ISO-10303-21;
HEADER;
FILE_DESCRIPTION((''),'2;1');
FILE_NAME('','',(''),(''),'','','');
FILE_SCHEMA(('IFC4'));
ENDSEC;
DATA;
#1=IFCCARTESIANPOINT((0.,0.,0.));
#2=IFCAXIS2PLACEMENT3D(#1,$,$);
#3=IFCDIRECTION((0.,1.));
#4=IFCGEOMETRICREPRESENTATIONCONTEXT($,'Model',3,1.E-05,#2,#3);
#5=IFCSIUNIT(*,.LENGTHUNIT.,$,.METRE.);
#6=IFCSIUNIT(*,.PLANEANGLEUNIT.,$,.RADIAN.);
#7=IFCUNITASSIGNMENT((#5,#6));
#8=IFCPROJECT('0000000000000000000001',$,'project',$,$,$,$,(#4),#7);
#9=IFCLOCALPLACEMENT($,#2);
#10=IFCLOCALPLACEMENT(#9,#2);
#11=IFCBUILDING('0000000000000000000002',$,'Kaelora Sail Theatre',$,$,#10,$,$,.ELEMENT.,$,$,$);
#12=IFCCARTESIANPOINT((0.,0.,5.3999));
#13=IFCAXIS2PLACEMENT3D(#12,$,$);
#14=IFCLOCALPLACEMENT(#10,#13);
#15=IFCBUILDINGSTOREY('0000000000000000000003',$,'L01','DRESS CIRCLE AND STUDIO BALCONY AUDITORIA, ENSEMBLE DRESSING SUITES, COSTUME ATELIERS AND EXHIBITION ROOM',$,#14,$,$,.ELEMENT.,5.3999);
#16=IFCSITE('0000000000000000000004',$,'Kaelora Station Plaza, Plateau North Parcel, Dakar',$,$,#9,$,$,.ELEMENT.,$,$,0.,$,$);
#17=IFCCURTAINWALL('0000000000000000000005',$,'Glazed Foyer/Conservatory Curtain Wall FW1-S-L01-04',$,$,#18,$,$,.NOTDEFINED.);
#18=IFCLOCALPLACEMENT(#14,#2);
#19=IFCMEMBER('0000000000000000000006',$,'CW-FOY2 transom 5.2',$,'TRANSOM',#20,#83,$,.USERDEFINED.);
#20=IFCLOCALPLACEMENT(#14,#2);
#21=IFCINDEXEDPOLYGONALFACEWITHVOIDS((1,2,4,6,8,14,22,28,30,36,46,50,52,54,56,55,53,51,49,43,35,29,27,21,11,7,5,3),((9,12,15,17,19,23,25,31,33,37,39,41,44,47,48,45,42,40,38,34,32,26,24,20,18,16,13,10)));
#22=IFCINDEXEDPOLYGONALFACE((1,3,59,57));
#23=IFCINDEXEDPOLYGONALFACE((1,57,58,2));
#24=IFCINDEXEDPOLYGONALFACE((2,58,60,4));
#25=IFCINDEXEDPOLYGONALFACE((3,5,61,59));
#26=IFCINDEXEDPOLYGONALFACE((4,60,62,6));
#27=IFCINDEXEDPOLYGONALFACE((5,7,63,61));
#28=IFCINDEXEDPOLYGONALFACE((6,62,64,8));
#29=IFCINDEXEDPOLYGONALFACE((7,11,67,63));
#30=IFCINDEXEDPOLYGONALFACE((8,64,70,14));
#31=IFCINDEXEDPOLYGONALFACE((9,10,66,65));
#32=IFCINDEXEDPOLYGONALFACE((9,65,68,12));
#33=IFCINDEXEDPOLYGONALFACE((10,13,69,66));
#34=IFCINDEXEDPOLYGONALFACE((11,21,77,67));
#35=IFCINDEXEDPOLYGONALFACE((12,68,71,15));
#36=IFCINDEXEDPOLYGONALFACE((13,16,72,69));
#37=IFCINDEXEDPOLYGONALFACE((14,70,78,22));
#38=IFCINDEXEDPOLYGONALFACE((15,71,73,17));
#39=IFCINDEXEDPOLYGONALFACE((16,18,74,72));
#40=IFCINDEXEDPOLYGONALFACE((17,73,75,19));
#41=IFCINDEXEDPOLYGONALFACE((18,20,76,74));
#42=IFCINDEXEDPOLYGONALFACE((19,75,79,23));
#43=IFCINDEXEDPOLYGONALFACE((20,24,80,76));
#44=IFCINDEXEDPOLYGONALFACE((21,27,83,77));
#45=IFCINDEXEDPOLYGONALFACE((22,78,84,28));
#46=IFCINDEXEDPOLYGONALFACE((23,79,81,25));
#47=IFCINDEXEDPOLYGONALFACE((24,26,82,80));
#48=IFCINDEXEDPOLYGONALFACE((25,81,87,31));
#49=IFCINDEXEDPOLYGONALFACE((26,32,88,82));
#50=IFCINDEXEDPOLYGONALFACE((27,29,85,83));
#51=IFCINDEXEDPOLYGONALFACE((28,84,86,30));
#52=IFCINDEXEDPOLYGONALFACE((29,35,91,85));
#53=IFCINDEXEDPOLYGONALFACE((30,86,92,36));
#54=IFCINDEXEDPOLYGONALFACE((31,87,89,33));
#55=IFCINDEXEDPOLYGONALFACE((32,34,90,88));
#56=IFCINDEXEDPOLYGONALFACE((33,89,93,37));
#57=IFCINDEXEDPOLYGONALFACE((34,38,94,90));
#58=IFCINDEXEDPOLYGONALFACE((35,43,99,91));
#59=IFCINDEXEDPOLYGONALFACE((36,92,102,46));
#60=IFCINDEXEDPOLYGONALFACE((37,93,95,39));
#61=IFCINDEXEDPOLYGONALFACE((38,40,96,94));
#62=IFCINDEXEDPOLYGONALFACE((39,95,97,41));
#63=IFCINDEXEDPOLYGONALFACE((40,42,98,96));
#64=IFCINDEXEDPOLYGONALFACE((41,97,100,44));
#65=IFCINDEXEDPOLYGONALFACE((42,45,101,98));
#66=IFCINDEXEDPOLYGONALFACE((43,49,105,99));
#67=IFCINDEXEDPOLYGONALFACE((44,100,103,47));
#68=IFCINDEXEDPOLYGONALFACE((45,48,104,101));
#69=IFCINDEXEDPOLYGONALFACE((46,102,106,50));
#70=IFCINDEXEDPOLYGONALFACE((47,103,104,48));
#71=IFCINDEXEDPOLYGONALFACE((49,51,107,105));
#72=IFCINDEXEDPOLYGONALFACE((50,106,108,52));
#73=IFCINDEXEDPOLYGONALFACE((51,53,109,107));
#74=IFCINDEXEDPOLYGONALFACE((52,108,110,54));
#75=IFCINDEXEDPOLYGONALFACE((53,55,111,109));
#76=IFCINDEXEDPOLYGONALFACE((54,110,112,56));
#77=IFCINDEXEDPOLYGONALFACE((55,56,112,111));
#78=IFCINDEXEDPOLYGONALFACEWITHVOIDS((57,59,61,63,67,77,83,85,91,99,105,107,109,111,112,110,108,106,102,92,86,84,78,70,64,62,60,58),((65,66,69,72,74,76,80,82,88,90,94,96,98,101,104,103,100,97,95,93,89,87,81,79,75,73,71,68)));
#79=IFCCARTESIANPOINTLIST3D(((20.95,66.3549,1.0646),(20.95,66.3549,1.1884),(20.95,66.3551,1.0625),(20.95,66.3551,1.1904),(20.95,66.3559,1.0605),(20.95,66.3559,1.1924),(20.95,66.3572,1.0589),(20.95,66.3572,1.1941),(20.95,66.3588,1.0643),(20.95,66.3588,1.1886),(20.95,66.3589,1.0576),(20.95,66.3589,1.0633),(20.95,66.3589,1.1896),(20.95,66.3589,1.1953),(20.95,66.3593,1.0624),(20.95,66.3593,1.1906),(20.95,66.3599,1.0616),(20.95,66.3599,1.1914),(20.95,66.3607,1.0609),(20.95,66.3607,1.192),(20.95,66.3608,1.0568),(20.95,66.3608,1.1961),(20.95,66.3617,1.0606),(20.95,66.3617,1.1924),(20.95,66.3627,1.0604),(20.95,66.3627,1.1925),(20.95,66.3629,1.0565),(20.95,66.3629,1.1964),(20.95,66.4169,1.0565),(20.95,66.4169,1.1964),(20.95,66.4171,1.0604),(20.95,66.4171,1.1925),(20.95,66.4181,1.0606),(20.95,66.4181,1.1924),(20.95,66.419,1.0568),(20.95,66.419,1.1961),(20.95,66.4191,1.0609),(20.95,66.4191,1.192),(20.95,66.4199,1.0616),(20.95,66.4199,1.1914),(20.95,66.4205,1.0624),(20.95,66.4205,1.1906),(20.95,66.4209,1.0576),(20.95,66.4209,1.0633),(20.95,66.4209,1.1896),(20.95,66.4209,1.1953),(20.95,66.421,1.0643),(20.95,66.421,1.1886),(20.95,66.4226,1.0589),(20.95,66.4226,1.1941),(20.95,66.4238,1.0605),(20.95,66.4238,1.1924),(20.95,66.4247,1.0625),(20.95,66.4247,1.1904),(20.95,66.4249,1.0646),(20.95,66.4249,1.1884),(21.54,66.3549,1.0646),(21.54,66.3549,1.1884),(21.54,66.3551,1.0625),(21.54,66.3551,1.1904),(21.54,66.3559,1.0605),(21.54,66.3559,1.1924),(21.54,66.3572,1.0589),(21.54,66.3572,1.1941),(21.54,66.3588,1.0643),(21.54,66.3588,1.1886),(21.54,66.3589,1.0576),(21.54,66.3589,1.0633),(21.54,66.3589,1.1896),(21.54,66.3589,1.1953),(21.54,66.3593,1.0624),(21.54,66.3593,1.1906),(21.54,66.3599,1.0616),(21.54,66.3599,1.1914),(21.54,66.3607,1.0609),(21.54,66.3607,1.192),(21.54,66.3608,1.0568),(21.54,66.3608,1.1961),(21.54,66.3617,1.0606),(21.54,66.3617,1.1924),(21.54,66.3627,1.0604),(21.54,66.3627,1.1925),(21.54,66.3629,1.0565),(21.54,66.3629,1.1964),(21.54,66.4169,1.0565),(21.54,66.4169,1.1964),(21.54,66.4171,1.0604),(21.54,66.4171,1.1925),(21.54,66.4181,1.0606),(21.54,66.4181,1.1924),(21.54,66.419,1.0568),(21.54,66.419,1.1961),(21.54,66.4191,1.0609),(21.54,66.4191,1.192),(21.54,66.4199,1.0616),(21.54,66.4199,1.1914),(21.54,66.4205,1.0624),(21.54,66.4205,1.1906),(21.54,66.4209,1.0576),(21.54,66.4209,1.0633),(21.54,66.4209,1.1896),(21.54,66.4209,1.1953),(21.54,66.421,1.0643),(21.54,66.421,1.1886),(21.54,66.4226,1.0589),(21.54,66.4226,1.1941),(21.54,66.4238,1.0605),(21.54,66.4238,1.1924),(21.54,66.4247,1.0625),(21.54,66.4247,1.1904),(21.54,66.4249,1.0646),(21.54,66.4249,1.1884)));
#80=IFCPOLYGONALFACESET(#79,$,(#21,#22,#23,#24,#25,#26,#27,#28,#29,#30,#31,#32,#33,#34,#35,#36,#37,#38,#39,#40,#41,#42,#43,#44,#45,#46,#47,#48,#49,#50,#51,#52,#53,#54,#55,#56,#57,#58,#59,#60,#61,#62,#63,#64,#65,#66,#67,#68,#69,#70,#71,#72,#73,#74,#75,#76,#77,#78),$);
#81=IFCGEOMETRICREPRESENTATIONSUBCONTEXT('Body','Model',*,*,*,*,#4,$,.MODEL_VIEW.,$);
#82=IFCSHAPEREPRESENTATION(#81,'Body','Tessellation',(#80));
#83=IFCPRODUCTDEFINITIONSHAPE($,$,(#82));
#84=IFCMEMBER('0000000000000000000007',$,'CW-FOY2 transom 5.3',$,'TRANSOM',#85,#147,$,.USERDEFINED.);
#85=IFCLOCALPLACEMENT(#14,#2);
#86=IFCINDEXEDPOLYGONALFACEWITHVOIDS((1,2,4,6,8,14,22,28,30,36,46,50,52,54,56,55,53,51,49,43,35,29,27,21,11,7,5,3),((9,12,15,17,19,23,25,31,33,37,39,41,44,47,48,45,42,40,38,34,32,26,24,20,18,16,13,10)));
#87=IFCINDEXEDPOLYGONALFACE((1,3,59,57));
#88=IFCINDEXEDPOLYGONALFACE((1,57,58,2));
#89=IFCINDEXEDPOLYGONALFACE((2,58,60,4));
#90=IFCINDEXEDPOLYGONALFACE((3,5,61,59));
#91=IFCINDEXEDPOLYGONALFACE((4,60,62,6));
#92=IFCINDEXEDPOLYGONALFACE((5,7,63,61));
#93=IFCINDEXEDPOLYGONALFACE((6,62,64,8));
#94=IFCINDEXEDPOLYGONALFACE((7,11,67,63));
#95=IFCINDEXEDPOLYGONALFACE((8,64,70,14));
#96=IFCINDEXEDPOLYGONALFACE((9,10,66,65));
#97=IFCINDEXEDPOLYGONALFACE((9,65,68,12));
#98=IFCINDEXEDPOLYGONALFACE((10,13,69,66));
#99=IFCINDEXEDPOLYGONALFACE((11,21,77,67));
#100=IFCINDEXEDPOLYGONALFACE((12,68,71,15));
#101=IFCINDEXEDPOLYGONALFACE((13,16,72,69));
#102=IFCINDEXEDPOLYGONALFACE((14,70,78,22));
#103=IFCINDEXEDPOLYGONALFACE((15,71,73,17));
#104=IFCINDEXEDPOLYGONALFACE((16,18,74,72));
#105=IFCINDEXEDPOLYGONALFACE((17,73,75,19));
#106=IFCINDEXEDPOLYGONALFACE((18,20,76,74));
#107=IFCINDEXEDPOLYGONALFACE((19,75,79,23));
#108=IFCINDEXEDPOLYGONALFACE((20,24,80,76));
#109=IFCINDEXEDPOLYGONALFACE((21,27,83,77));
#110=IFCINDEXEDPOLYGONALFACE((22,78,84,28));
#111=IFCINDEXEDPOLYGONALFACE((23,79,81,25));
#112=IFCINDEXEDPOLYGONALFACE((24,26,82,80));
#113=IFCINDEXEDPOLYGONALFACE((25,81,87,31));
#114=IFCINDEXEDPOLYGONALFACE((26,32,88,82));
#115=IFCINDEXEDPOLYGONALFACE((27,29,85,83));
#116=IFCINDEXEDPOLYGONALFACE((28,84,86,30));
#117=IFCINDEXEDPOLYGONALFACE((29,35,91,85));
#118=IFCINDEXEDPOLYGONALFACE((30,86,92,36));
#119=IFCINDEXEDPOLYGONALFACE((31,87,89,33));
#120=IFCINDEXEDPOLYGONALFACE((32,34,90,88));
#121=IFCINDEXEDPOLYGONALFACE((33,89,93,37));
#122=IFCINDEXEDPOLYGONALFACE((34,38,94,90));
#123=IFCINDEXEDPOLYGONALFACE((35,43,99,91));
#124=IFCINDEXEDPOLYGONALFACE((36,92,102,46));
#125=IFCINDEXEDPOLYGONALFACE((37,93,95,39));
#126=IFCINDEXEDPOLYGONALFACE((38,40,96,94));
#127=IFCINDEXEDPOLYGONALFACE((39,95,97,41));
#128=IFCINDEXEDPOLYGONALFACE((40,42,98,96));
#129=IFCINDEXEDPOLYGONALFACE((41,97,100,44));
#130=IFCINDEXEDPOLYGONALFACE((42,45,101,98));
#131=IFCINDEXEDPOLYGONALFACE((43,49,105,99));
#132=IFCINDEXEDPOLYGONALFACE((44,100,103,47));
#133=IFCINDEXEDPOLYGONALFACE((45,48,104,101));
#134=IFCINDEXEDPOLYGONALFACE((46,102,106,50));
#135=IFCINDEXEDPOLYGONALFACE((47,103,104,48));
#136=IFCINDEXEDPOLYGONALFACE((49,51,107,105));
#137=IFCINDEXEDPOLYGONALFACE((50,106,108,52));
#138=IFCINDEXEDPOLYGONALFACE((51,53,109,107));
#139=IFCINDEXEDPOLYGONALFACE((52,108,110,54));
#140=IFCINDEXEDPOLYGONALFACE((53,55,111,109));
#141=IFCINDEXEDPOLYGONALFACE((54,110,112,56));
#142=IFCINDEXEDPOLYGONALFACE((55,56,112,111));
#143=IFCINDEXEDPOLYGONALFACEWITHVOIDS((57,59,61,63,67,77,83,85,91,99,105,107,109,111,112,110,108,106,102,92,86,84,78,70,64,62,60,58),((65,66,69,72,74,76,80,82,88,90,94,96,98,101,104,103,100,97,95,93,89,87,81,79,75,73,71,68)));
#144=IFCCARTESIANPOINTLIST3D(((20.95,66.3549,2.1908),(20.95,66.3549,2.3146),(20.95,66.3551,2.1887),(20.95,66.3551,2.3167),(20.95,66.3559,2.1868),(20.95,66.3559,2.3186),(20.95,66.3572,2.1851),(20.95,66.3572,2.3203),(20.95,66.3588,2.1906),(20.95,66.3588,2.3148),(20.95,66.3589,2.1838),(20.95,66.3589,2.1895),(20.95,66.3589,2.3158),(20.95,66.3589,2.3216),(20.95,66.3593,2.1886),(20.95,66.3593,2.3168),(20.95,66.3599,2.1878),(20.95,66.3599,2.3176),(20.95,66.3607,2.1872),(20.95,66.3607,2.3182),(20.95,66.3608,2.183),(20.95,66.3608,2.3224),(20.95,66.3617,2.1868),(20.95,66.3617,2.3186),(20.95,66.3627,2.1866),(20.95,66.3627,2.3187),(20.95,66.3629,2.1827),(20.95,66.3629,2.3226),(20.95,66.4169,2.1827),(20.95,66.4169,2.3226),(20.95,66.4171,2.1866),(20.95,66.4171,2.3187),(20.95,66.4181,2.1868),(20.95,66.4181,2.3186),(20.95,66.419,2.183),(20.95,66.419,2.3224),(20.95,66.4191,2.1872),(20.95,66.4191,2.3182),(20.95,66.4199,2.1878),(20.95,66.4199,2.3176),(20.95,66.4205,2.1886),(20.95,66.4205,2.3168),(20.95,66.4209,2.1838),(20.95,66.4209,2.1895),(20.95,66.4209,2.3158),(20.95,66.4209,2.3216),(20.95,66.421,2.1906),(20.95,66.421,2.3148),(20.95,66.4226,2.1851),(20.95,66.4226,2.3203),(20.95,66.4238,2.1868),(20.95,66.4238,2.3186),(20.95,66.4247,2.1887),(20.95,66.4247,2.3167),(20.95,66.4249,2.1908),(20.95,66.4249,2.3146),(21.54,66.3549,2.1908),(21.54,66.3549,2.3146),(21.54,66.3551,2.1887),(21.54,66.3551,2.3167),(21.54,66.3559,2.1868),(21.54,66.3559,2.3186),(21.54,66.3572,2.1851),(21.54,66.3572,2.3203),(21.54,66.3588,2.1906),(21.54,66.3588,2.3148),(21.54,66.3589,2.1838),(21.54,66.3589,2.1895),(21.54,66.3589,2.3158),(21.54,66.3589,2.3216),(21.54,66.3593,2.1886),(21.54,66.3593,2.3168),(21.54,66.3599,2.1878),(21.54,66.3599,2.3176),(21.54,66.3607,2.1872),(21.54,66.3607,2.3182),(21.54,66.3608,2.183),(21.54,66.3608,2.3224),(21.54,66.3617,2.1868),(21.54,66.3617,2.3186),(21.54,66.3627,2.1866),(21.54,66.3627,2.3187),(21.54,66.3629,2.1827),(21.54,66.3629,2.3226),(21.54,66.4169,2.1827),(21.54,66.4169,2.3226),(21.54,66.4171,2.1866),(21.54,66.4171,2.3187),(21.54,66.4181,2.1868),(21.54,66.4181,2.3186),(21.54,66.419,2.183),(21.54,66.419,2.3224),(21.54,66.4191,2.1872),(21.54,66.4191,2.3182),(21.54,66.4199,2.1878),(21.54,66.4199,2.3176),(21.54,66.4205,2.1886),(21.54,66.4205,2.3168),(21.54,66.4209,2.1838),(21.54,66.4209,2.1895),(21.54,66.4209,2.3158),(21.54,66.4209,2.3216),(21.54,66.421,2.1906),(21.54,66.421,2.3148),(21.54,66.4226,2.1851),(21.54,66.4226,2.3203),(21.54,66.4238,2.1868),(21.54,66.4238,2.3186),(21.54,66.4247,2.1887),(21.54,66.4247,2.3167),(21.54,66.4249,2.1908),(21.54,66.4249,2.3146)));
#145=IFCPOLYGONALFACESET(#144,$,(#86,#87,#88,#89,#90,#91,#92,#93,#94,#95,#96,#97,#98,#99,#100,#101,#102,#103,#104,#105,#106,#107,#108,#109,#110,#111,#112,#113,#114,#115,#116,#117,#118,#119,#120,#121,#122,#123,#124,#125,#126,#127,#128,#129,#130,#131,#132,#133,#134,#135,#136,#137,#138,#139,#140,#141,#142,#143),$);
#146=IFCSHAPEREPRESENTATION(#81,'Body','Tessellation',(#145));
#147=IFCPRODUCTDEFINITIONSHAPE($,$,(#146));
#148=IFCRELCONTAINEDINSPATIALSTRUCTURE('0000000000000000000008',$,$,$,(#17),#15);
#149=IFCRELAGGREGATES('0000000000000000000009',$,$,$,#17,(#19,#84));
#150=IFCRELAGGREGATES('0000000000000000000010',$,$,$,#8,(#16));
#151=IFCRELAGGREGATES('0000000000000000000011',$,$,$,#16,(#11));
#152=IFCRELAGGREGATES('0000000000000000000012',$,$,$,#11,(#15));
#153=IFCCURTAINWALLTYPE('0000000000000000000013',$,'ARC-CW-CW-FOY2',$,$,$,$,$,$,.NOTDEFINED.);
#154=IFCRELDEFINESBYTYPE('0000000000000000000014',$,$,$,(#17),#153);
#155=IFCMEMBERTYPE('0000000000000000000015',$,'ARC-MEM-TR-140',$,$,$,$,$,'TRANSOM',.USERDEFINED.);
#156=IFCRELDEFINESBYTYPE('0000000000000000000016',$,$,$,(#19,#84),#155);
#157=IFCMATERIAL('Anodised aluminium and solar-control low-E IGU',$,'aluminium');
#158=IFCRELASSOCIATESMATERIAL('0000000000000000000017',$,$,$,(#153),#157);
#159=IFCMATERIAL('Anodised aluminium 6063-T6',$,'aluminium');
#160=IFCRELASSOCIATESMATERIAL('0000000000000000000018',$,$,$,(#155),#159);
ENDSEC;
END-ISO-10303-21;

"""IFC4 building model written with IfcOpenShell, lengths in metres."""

from ifc_helpers import new_model, si_unit, direction, frame, origin, origin_2d, place, context, subcontext, project, spatial, hollow_rectangle, extrude, material, material_profile, profile_set, type_object, element, aggregate, save


model = new_model("IFC4")

# Units and contexts
model_context = context("Model", 3, precision=1e-05, world=origin(), true_north=direction((0.0, 1.0)))
body_context = subcontext(model_context, "Body", "Model", "MODEL_VIEW")
ifc_project = project(units=[si_unit("LENGTHUNIT", "METRE"), si_unit("PLANEANGLEUNIT", "RADIAN")], contexts=[model_context])

# Site, building, storey
site_placement = place(None, origin())
site = spatial("IfcSite", under=ifc_project, at=site_placement, Name="Kaelora Station Plaza, Plateau North Parcel, Dakar", CompositionType="ELEMENT", RefElevation=0.0)
building_placement = place(site_placement, origin())
building = spatial("IfcBuilding", under=site, at=building_placement, Name="Kaelora Sail Theatre", CompositionType="ELEMENT")
storey_placement = place(building_placement, frame((0.0, 0.0, 5.3999)))
storey = spatial("IfcBuildingStorey", under=building, at=storey_placement, Name="L01", Description="DRESS CIRCLE AND STUDIO BALCONY AUDITORIA, ENSEMBLE DRESSING SUITES, COSTUME ATELIERS AND EXHIBITION ROOM", CompositionType="ELEMENT", Elevation=5.3999)

# Curtain wall
ifc_material_1 = material(Name="Anodised aluminium and solar-control low-E IGU", Category="aluminium")
curtain_wall_type = type_object("IfcCurtainWallType", Name="ARC-CW-CW-FOY2", PredefinedType="NOTDEFINED", material=ifc_material_1)
curtain_wall_1_placement = place(storey_placement, origin())
curtain_wall_1 = element("IfcCurtainWall", 1, at=curtain_wall_1_placement, inside=storey, type_object=curtain_wall_type, Name="Glazed Foyer/Conservatory Curtain Wall FW1-S-L01-04", PredefinedType="NOTDEFINED")

# Members
ifc_material_2 = material(Name="Anodised aluminium 6063-T6", Category="aluminium")
ifc_material_profile_1 = material_profile(ifc_material_2, hollow_rectangle(XDim=0.0701, YDim=0.1399, WallThickness=0.0039, InnerFilletRadius=0.0039, OuterFilletRadius=0.0081, at=origin_2d()), Name="ALU-TRAN 70x140x4")
ifc_profile_set_1 = profile_set([ifc_material_profile_1], Name="Anodised aluminium 6063-T6")
member_type_1 = type_object("IfcMemberType", Name="ARC-MEM-TR-140", ElementType="TRANSOM", PredefinedType="USERDEFINED", material=ifc_profile_set_1)
member_1_placement = place(storey_placement, frame((20.95, 66.3899, 1.1265), z_axis=(1.0, 0.0, 0.0), x_axis=(0.0, 1.0, 0.0)))
member_1 = element("IfcMember", 2, at=member_1_placement, type_object=member_type_1, Name="CW-FOY2 transom 5.2", ObjectType="TRANSOM", PredefinedType="USERDEFINED", context=body_context, shape_type="SweptSolid", body=[
    extrude(hollow_rectangle(XDim=0.0701, YDim=0.1399, WallThickness=0.0039, InnerFilletRadius=0.0039, OuterFilletRadius=0.0081, at=origin_2d()), origin(), (0.0, 0.0, 1.0), 0.5901),
])
member_2_placement = place(storey_placement, frame((20.95, 66.3899, 2.2527), z_axis=(1.0, 0.0, 0.0), x_axis=(0.0, 1.0, 0.0)))
member_2 = element("IfcMember", 3, at=member_2_placement, type_object=member_type_1, Name="CW-FOY2 transom 5.3", ObjectType="TRANSOM", PredefinedType="USERDEFINED", context=body_context, shape_type="SweptSolid", body=[
    extrude(hollow_rectangle(XDim=0.0701, YDim=0.1399, WallThickness=0.0039, InnerFilletRadius=0.0039, OuterFilletRadius=0.0081, at=origin_2d()), origin(), (0.0, 0.0, 1.0), 0.5901),
])

aggregate(curtain_wall_1, [member_1, member_2])

save(model, "model.ifc")
